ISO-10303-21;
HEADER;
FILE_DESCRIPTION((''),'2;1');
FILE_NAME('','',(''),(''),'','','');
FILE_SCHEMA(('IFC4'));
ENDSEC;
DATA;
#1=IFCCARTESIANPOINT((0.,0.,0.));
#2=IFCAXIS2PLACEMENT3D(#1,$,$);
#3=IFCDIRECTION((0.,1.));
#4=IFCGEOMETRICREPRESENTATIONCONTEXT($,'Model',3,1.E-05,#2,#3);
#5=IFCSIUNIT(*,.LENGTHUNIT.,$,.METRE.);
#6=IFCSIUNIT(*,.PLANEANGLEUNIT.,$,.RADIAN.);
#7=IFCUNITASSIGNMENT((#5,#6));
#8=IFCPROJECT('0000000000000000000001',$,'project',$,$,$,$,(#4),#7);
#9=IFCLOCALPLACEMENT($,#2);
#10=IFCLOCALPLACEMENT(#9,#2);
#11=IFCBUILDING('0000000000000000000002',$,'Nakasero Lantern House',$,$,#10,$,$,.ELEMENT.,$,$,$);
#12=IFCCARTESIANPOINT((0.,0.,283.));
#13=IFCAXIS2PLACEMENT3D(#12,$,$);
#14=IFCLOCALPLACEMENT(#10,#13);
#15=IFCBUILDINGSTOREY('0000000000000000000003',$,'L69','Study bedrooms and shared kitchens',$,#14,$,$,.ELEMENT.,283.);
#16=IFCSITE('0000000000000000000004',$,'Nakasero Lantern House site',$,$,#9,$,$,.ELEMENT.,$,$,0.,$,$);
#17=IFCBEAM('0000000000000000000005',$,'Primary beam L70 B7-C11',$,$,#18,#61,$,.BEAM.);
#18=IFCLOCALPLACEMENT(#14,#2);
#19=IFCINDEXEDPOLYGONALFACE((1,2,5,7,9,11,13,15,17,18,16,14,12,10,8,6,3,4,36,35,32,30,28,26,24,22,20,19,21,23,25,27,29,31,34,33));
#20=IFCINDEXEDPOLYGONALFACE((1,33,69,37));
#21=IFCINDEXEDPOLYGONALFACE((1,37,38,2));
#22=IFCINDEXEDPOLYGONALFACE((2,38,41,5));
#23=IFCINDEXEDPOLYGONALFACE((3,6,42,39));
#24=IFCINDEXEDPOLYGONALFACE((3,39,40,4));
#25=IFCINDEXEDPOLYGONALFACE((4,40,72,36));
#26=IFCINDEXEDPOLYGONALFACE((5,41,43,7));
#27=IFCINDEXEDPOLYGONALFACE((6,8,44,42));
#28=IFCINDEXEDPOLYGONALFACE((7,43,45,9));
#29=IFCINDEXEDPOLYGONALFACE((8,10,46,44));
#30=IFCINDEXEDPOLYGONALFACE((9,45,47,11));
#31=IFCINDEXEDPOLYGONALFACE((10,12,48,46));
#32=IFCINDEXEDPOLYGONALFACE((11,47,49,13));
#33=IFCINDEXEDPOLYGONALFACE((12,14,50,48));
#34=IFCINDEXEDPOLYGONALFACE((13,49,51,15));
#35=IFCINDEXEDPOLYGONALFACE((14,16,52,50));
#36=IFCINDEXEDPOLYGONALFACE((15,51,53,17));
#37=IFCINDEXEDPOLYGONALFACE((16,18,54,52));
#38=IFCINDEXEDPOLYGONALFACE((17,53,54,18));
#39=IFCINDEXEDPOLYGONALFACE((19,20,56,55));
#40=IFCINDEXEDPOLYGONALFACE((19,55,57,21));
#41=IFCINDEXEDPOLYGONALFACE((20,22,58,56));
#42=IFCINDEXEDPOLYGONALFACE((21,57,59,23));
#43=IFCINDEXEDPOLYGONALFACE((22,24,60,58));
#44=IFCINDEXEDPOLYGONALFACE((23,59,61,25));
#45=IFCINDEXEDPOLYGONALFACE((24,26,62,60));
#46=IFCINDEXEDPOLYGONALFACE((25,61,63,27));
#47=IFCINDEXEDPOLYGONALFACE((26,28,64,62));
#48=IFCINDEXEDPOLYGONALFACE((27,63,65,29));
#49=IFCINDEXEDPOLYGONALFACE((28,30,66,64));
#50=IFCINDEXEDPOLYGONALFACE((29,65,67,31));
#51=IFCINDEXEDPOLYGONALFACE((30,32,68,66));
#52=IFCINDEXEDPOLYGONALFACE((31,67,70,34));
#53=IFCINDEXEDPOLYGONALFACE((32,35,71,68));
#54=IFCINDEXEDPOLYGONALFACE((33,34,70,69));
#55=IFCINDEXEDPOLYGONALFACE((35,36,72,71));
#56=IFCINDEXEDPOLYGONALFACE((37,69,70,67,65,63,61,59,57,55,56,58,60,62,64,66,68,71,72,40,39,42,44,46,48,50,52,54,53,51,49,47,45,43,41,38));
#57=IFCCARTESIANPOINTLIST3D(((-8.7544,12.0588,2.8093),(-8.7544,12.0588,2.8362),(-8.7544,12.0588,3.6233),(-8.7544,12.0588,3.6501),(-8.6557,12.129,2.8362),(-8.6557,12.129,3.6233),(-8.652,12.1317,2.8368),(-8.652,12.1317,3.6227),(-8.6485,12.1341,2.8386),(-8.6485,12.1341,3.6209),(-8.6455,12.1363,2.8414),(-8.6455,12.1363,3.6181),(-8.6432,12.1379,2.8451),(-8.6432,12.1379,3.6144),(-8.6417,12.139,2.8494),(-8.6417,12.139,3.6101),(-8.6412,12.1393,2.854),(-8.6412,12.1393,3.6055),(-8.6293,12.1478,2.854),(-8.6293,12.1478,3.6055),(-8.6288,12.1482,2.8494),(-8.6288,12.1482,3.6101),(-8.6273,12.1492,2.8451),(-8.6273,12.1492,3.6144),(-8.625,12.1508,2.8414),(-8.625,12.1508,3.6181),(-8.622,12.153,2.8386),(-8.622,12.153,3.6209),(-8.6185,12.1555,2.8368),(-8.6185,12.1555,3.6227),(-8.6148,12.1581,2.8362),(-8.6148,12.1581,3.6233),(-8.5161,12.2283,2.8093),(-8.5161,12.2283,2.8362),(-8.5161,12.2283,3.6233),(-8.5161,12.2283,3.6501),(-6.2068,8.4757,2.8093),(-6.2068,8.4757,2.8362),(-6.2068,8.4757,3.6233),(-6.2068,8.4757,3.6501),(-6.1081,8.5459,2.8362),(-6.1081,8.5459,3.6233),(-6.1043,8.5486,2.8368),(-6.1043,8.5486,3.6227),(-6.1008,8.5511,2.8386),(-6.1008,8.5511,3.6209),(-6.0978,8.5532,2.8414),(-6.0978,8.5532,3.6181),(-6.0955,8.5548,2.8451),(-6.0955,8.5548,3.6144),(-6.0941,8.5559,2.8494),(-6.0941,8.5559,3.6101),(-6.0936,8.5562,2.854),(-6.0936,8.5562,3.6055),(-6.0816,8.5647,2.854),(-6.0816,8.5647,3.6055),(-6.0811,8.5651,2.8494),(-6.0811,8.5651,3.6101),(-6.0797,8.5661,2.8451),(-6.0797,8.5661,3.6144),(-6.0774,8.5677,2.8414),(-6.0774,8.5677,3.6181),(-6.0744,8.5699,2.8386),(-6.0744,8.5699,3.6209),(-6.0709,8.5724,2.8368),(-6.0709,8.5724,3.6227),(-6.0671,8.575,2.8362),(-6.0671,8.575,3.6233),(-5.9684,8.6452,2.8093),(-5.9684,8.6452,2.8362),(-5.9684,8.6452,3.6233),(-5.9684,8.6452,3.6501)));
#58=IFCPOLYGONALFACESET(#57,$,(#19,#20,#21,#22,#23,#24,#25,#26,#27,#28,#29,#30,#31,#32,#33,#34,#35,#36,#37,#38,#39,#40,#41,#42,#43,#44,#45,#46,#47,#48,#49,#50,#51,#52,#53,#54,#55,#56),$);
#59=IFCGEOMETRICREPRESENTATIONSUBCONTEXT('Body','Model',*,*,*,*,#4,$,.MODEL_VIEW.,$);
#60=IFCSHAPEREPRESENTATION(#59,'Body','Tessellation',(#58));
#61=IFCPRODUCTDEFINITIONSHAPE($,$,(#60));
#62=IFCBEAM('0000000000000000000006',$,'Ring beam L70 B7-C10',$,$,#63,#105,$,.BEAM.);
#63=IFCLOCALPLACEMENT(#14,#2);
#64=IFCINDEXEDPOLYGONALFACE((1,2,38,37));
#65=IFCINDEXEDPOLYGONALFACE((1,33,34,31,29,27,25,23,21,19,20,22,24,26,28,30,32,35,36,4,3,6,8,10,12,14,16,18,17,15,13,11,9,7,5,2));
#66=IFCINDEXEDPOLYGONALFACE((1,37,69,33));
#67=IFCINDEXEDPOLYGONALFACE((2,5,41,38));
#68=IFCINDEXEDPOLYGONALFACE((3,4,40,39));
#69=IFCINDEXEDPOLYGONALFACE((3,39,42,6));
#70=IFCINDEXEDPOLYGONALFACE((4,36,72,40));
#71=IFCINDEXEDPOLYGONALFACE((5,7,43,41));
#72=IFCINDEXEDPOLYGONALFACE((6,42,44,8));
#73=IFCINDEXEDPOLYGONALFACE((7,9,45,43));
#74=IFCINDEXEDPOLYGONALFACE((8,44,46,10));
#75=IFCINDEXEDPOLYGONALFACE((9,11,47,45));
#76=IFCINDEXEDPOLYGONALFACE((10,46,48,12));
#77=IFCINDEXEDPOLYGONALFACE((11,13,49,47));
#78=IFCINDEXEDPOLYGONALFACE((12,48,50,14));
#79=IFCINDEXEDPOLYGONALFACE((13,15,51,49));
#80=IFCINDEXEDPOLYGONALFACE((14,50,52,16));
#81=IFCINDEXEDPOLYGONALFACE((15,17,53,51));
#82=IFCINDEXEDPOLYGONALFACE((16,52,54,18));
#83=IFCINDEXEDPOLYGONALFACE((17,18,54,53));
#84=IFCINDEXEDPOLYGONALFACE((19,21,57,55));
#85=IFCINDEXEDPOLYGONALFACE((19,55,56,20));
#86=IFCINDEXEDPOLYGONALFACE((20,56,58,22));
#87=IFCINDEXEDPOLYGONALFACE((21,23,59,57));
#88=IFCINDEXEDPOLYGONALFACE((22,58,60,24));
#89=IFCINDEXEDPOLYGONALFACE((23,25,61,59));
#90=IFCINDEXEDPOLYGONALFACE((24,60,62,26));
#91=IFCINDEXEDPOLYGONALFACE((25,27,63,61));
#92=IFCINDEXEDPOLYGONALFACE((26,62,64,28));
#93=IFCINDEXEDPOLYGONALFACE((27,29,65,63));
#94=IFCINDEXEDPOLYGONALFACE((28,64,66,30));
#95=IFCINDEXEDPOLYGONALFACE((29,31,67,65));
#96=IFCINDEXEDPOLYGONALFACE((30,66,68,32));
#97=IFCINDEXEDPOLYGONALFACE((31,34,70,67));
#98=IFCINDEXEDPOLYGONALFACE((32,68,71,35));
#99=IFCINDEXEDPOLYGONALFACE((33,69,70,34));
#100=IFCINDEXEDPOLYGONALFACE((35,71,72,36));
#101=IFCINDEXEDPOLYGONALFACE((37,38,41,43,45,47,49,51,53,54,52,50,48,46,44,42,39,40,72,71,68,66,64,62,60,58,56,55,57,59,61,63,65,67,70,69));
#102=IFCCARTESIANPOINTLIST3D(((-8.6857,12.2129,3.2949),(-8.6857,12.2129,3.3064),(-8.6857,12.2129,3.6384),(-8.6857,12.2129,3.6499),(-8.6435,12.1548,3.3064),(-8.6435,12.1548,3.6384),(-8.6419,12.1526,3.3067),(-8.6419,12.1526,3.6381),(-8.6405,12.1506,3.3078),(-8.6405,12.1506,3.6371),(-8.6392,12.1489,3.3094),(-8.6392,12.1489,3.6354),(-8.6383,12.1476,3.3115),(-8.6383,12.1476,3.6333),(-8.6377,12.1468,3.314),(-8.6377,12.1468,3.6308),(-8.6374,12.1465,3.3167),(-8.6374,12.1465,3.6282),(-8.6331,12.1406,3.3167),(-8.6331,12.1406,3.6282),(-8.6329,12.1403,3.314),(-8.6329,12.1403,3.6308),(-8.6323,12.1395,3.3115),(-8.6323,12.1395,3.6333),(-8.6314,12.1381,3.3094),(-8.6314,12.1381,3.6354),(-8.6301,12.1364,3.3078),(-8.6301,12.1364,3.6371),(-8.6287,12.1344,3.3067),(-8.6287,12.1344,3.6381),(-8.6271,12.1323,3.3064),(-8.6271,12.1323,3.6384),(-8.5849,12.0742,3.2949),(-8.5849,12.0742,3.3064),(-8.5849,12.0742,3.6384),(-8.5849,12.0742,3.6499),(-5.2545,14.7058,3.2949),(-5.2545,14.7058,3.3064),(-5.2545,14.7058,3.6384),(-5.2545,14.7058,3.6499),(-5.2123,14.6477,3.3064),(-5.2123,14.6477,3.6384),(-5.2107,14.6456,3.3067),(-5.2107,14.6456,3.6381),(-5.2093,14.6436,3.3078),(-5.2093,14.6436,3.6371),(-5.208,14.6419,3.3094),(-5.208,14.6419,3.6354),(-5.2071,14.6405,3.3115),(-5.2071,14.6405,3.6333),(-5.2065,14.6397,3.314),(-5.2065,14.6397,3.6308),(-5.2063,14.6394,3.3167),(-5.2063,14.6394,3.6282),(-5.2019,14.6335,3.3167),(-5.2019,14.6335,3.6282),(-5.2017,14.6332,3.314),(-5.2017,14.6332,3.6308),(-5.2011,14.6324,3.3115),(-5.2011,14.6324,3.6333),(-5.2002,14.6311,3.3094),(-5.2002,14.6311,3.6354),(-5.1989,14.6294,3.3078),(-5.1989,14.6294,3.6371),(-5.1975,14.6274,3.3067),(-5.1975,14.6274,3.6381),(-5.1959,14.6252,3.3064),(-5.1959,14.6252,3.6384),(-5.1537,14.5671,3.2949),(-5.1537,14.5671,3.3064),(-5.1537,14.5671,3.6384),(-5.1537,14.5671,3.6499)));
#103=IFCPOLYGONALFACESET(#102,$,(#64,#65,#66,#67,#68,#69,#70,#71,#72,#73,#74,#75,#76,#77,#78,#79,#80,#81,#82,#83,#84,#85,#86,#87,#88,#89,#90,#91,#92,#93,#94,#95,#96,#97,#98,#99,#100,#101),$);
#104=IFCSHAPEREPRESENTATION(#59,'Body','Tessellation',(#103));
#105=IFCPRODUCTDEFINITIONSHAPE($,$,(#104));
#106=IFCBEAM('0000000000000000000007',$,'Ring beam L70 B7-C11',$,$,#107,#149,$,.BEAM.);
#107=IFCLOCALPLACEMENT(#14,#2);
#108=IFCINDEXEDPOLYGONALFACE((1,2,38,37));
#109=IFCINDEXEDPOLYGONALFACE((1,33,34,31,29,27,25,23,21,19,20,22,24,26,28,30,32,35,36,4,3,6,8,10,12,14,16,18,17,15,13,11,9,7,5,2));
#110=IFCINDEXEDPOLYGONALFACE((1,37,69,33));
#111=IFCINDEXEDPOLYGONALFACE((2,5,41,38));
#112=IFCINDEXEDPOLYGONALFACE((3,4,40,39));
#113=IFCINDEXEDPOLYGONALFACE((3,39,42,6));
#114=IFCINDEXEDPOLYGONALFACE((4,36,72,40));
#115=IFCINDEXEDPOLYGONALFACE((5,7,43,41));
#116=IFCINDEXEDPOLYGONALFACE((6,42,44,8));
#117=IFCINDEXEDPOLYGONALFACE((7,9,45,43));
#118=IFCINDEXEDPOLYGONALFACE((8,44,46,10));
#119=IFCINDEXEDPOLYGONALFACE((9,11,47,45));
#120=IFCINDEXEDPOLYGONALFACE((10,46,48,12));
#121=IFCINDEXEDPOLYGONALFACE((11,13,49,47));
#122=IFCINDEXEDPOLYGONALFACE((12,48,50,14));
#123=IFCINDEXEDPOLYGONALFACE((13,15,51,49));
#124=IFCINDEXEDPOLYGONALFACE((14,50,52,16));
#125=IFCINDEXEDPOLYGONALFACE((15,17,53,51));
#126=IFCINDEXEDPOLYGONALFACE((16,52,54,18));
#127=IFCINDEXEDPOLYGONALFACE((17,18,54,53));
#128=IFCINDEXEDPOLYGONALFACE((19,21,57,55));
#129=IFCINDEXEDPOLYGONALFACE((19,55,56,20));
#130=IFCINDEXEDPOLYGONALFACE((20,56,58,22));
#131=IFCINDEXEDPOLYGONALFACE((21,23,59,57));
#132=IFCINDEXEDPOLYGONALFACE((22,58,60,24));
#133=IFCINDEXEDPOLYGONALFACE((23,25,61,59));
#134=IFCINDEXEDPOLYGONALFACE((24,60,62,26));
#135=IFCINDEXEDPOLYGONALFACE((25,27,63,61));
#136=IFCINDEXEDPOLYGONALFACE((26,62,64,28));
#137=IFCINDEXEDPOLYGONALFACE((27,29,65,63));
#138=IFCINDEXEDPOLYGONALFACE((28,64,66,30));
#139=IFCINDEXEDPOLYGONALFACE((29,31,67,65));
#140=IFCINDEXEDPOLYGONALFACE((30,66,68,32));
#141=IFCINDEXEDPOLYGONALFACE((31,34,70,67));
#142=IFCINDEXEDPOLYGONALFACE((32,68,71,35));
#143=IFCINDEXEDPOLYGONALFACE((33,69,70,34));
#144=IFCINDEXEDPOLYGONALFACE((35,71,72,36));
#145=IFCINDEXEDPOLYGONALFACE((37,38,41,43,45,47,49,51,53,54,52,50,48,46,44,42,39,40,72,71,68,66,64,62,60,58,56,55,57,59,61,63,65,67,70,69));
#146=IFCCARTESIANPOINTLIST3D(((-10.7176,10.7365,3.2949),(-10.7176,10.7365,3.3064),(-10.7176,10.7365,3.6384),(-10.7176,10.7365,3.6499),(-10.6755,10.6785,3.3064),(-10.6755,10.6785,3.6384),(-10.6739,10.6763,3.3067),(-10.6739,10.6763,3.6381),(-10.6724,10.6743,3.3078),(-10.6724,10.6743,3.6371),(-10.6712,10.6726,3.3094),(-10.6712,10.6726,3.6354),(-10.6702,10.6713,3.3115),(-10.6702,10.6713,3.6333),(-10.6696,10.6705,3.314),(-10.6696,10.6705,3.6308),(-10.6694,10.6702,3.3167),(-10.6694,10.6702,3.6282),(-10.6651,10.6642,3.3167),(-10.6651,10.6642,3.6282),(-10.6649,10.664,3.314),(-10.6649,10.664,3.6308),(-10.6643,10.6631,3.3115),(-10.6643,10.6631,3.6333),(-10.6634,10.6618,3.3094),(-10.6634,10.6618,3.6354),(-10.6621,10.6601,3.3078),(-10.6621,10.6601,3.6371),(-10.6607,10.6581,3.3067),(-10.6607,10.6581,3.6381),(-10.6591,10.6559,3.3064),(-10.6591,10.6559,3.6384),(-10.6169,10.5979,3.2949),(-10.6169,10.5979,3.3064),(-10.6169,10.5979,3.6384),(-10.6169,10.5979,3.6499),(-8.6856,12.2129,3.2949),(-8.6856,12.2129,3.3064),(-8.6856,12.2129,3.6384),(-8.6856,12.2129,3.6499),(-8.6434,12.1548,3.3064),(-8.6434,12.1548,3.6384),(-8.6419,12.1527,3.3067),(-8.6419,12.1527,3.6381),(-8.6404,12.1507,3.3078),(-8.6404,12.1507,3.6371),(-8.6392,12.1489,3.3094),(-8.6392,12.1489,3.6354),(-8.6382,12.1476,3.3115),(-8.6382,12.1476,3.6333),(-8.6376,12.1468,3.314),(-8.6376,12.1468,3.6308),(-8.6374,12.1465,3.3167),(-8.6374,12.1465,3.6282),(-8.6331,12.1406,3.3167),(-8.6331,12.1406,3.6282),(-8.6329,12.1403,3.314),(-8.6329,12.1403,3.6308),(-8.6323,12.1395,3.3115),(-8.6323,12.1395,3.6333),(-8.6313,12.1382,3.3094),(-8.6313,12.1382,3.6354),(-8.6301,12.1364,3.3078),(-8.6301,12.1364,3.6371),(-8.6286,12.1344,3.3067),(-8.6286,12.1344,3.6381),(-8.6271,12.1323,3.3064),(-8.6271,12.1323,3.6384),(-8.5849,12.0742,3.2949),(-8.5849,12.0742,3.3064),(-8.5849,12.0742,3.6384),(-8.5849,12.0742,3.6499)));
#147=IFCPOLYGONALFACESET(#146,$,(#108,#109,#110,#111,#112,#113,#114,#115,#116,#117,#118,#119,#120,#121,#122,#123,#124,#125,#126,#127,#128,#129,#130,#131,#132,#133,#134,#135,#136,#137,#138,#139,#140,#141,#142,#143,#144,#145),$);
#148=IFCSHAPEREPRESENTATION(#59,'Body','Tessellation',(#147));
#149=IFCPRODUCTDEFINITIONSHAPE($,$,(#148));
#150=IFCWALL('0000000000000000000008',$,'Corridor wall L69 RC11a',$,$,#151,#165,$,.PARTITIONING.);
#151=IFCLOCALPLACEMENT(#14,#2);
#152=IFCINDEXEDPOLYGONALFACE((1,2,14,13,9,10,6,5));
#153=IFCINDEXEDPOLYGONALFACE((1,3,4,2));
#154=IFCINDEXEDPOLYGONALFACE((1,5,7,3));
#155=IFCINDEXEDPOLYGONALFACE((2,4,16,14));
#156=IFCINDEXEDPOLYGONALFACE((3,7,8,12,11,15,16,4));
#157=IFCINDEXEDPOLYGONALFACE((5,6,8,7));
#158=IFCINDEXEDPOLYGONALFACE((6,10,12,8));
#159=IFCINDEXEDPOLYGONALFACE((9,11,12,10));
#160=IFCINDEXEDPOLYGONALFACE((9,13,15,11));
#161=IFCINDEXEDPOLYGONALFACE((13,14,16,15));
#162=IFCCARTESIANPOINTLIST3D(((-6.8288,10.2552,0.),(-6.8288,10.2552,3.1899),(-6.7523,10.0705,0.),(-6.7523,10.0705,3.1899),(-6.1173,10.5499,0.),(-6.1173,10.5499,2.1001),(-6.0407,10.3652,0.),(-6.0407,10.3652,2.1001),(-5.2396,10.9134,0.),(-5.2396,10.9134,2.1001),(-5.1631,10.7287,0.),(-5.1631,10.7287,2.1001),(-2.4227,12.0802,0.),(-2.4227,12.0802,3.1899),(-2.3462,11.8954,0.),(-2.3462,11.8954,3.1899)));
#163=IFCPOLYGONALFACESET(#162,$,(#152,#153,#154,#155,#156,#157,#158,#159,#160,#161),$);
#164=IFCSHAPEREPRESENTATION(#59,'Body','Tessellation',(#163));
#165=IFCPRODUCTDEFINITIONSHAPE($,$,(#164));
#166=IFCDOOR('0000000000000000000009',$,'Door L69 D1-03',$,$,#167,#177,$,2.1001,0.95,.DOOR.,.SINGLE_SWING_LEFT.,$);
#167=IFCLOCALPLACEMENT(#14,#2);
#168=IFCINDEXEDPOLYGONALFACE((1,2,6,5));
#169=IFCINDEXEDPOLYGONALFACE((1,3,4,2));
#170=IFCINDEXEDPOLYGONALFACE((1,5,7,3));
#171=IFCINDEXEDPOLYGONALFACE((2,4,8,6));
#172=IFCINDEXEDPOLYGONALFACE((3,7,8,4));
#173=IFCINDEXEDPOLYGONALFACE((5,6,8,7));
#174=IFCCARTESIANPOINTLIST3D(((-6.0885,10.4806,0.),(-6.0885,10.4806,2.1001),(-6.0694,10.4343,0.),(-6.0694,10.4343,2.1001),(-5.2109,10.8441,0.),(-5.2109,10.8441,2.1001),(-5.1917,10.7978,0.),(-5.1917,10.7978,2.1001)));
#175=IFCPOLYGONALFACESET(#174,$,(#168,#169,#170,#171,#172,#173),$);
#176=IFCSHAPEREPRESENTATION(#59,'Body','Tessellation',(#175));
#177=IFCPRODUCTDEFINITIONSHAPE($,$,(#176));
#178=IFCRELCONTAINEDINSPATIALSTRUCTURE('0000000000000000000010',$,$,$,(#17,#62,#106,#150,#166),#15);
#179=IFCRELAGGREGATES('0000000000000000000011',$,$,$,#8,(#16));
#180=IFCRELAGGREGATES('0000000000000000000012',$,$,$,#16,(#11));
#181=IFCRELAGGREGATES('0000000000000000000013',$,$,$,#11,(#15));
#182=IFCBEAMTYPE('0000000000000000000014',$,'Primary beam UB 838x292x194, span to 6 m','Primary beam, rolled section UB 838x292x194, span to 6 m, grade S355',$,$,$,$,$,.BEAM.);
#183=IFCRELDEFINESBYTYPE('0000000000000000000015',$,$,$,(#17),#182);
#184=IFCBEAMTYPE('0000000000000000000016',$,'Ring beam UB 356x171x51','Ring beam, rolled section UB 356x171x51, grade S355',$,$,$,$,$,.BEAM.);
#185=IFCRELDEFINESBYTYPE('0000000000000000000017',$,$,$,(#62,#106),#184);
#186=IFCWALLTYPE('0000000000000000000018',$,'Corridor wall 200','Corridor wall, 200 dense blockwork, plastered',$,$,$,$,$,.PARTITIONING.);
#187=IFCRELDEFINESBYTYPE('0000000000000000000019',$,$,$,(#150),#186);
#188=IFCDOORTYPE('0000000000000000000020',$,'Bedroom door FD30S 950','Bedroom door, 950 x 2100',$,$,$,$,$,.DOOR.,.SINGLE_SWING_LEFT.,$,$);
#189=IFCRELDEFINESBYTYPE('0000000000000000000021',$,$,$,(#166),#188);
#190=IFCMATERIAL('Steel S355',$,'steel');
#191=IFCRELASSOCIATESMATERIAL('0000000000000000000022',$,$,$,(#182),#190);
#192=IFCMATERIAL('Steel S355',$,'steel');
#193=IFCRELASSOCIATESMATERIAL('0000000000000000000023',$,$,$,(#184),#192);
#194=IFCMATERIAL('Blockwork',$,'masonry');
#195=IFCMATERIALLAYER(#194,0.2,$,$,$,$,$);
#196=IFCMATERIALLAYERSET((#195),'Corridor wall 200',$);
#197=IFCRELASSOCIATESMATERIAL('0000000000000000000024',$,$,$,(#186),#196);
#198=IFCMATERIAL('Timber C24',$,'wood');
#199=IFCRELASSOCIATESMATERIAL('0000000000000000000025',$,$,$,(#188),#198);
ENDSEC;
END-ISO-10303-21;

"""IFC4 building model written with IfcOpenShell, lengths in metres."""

from ifc_helpers import new_model, si_unit, direction, frame, frame_2d, origin, origin_2d, place, context, subcontext, project, spatial, rectangle, i_section, extrude, material, layer, layer_set, material_profile, profile_set, type_object, element, fill, save


model = new_model("IFC4")

# Units and contexts
model_context = context("Model", 3, precision=1e-05, world=origin(), true_north=direction((0.0, 1.0)))
body_context = subcontext(model_context, "Body", "Model", "MODEL_VIEW")
ifc_project = project(units=[si_unit("LENGTHUNIT", "METRE"), si_unit("PLANEANGLEUNIT", "RADIAN")], contexts=[model_context])

# Site, building, storey
site_placement = place(None, origin())
site = spatial("IfcSite", under=ifc_project, at=site_placement, Name="Nakasero Lantern House site", CompositionType="ELEMENT", RefElevation=0.0)
building_placement = place(site_placement, origin())
building = spatial("IfcBuilding", under=site, at=building_placement, Name="Nakasero Lantern House", CompositionType="ELEMENT")
storey_placement = place(building_placement, frame((0.0, 0.0, 283.0)))
storey = spatial("IfcBuildingStorey", under=building, at=storey_placement, Name="L69", Description="Study bedrooms and shared kitchens", CompositionType="ELEMENT", Elevation=283.0)

# Beams
ifc_material_1 = material(Name="Steel S355", Category="steel")
ifc_material_profile_1 = material_profile(ifc_material_1, i_section(OverallWidth=0.2925, OverallDepth=0.8408, WebThickness=0.0146, FlangeThickness=0.0269, FilletRadius=0.0178, at=origin_2d()), Name="UB 838x292x194")
ifc_profile_set_1 = profile_set([ifc_material_profile_1], Name="Steel S355")
beam_type_1 = type_object("IfcBeamType", Name="Primary beam UB 838x292x194, span to 6 m", Description="Primary beam, rolled section UB 838x292x194, span to 6 m, grade S355", PredefinedType="BEAM", material=ifc_profile_set_1)
beam_1_placement = place(storey_placement, frame((-8.6353, 12.1436, 3.2297), z_axis=(0.579477, -0.814989, 0.0), x_axis=(0.814989, 0.579477, 0.0)))
element("IfcBeam", 1, at=beam_1_placement, inside=storey, type_object=beam_type_1, Name="Primary beam L70 B7-C11", PredefinedType="BEAM", context=body_context, shape_type="SweptSolid", body=[
    extrude(i_section(OverallWidth=0.2925, OverallDepth=0.8408, WebThickness=0.0146, FlangeThickness=0.0269, FilletRadius=0.0178, at=origin_2d()), origin(), (0.0, 0.0, 1.0), 4.3965),
])
ifc_material_2 = material(Name="Steel S355", Category="steel")
ifc_material_profile_2 = material_profile(ifc_material_2, i_section(OverallWidth=0.1714, OverallDepth=0.355, WebThickness=0.0073, FlangeThickness=0.0115, FilletRadius=0.0103, at=origin_2d()), Name="UB 356x171x51")
ifc_profile_set_2 = profile_set([ifc_material_profile_2], Name="Steel S355")
beam_type_2 = type_object("IfcBeamType", Name="Ring beam UB 356x171x51", Description="Ring beam, rolled section UB 356x171x51, grade S355", PredefinedType="BEAM", material=ifc_profile_set_2)
beam_2_placement = place(storey_placement, frame((-5.2041, 14.6365, 3.4724), z_axis=(-0.809012, -0.587792, 0.0), x_axis=(0.587792, -0.809012, 0.0)))
element("IfcBeam", 2, at=beam_2_placement, inside=storey, type_object=beam_type_2, Name="Ring beam L70 B7-C10", PredefinedType="BEAM", context=body_context, shape_type="SweptSolid", body=[
    extrude(i_section(OverallWidth=0.1714, OverallDepth=0.355, WebThickness=0.0073, FlangeThickness=0.0115, FilletRadius=0.0103, at=origin_2d()), origin(), (0.0, 0.0, 1.0), 4.2412),
])
beam_3_placement = place(storey_placement, frame((-8.6353, 12.1436, 3.4724), z_axis=(-0.809018, -0.587784, 0.0), x_axis=(0.587784, -0.809018, 0.0)))
element("IfcBeam", 3, at=beam_3_placement, inside=storey, type_object=beam_type_2, Name="Ring beam L70 B7-C11", PredefinedType="BEAM", context=body_context, shape_type="SweptSolid", body=[
    extrude(i_section(OverallWidth=0.1714, OverallDepth=0.355, WebThickness=0.0073, FlangeThickness=0.0115, FilletRadius=0.0103, at=origin_2d()), origin(), (0.0, 0.0, 1.0), 2.5117),
])

# Wall, opening, door
ifc_material_3 = material(Name="Blockwork", Category="masonry")
ifc_layer_1 = layer(ifc_material_3, 0.2)
ifc_layer_set_1 = layer_set([ifc_layer_1], Name="Corridor wall 200")
wall_type_1 = type_object("IfcWallType", Name="Corridor wall 200", Description="Corridor wall, 200 dense blockwork, plastered", PredefinedType="PARTITIONING", material=ifc_layer_set_1)
wall_1_placement = place(storey_placement, frame((-6.7905, 10.1628, 0.0), z_axis=(0.0, 0.0, 1.0), x_axis=(0.923885, 0.38267, 0.0)))
wall_1 = element("IfcWall", 4, at=wall_1_placement, inside=storey, type_object=wall_type_1, Name="Corridor wall L69 RC11a", PredefinedType="PARTITIONING", context=body_context, shape_type="SweptSolid", body=[
    extrude(rectangle(XDim=4.769, YDim=0.2, at=frame_2d((2.3845, 0.0))), origin(), (0.0, 0.0, 1.0), 3.1899),
])
opening_1_placement = place(wall_1_placement, frame((0.77, 0.0, 0.0)))
opening_1 = element("IfcOpeningElement", 5, at=opening_1_placement, cuts=wall_1, PredefinedType="OPENING", context=body_context, shape_type="SweptSolid", body=[
    extrude(rectangle(XDim=0.95, YDim=2.1001, at=frame_2d((0.4751, 1.05))), frame((0.0, 0.1199, 0.0), z_axis=(0.0, -1.0, 0.0), x_axis=(1.0, 0.0, 0.0)), (0.0, 0.0, 1.0), 0.24),
])
ifc_material_4 = material(Name="Timber C24", Category="wood")
door_type_1 = type_object("IfcDoorType", Name="Bedroom door FD30S 950", Description="Bedroom door, 950 x 2100", OperationType="SINGLE_SWING_LEFT", PredefinedType="DOOR", material=ifc_material_4)
door_1_placement = place(opening_1_placement, origin())
door_1 = element("IfcDoor", 6, at=door_1_placement, inside=storey, type_object=door_type_1, Name="Door L69 D1-03", OperationType="SINGLE_SWING_LEFT", OverallHeight=2.1001, OverallWidth=0.95, PredefinedType="DOOR", context=body_context, shape_type="SweptSolid", body=[
    extrude(rectangle(XDim=0.95, YDim=2.1001, at=frame_2d((0.4751, 1.05))), frame((0.0, 0.0249, 0.0), z_axis=(0.0, -1.0, 0.0), x_axis=(1.0, 0.0, 0.0)), (0.0, 0.0, 1.0), 0.05),
])
fill(opening_1, door_1)

save(model, "model.ifc")
